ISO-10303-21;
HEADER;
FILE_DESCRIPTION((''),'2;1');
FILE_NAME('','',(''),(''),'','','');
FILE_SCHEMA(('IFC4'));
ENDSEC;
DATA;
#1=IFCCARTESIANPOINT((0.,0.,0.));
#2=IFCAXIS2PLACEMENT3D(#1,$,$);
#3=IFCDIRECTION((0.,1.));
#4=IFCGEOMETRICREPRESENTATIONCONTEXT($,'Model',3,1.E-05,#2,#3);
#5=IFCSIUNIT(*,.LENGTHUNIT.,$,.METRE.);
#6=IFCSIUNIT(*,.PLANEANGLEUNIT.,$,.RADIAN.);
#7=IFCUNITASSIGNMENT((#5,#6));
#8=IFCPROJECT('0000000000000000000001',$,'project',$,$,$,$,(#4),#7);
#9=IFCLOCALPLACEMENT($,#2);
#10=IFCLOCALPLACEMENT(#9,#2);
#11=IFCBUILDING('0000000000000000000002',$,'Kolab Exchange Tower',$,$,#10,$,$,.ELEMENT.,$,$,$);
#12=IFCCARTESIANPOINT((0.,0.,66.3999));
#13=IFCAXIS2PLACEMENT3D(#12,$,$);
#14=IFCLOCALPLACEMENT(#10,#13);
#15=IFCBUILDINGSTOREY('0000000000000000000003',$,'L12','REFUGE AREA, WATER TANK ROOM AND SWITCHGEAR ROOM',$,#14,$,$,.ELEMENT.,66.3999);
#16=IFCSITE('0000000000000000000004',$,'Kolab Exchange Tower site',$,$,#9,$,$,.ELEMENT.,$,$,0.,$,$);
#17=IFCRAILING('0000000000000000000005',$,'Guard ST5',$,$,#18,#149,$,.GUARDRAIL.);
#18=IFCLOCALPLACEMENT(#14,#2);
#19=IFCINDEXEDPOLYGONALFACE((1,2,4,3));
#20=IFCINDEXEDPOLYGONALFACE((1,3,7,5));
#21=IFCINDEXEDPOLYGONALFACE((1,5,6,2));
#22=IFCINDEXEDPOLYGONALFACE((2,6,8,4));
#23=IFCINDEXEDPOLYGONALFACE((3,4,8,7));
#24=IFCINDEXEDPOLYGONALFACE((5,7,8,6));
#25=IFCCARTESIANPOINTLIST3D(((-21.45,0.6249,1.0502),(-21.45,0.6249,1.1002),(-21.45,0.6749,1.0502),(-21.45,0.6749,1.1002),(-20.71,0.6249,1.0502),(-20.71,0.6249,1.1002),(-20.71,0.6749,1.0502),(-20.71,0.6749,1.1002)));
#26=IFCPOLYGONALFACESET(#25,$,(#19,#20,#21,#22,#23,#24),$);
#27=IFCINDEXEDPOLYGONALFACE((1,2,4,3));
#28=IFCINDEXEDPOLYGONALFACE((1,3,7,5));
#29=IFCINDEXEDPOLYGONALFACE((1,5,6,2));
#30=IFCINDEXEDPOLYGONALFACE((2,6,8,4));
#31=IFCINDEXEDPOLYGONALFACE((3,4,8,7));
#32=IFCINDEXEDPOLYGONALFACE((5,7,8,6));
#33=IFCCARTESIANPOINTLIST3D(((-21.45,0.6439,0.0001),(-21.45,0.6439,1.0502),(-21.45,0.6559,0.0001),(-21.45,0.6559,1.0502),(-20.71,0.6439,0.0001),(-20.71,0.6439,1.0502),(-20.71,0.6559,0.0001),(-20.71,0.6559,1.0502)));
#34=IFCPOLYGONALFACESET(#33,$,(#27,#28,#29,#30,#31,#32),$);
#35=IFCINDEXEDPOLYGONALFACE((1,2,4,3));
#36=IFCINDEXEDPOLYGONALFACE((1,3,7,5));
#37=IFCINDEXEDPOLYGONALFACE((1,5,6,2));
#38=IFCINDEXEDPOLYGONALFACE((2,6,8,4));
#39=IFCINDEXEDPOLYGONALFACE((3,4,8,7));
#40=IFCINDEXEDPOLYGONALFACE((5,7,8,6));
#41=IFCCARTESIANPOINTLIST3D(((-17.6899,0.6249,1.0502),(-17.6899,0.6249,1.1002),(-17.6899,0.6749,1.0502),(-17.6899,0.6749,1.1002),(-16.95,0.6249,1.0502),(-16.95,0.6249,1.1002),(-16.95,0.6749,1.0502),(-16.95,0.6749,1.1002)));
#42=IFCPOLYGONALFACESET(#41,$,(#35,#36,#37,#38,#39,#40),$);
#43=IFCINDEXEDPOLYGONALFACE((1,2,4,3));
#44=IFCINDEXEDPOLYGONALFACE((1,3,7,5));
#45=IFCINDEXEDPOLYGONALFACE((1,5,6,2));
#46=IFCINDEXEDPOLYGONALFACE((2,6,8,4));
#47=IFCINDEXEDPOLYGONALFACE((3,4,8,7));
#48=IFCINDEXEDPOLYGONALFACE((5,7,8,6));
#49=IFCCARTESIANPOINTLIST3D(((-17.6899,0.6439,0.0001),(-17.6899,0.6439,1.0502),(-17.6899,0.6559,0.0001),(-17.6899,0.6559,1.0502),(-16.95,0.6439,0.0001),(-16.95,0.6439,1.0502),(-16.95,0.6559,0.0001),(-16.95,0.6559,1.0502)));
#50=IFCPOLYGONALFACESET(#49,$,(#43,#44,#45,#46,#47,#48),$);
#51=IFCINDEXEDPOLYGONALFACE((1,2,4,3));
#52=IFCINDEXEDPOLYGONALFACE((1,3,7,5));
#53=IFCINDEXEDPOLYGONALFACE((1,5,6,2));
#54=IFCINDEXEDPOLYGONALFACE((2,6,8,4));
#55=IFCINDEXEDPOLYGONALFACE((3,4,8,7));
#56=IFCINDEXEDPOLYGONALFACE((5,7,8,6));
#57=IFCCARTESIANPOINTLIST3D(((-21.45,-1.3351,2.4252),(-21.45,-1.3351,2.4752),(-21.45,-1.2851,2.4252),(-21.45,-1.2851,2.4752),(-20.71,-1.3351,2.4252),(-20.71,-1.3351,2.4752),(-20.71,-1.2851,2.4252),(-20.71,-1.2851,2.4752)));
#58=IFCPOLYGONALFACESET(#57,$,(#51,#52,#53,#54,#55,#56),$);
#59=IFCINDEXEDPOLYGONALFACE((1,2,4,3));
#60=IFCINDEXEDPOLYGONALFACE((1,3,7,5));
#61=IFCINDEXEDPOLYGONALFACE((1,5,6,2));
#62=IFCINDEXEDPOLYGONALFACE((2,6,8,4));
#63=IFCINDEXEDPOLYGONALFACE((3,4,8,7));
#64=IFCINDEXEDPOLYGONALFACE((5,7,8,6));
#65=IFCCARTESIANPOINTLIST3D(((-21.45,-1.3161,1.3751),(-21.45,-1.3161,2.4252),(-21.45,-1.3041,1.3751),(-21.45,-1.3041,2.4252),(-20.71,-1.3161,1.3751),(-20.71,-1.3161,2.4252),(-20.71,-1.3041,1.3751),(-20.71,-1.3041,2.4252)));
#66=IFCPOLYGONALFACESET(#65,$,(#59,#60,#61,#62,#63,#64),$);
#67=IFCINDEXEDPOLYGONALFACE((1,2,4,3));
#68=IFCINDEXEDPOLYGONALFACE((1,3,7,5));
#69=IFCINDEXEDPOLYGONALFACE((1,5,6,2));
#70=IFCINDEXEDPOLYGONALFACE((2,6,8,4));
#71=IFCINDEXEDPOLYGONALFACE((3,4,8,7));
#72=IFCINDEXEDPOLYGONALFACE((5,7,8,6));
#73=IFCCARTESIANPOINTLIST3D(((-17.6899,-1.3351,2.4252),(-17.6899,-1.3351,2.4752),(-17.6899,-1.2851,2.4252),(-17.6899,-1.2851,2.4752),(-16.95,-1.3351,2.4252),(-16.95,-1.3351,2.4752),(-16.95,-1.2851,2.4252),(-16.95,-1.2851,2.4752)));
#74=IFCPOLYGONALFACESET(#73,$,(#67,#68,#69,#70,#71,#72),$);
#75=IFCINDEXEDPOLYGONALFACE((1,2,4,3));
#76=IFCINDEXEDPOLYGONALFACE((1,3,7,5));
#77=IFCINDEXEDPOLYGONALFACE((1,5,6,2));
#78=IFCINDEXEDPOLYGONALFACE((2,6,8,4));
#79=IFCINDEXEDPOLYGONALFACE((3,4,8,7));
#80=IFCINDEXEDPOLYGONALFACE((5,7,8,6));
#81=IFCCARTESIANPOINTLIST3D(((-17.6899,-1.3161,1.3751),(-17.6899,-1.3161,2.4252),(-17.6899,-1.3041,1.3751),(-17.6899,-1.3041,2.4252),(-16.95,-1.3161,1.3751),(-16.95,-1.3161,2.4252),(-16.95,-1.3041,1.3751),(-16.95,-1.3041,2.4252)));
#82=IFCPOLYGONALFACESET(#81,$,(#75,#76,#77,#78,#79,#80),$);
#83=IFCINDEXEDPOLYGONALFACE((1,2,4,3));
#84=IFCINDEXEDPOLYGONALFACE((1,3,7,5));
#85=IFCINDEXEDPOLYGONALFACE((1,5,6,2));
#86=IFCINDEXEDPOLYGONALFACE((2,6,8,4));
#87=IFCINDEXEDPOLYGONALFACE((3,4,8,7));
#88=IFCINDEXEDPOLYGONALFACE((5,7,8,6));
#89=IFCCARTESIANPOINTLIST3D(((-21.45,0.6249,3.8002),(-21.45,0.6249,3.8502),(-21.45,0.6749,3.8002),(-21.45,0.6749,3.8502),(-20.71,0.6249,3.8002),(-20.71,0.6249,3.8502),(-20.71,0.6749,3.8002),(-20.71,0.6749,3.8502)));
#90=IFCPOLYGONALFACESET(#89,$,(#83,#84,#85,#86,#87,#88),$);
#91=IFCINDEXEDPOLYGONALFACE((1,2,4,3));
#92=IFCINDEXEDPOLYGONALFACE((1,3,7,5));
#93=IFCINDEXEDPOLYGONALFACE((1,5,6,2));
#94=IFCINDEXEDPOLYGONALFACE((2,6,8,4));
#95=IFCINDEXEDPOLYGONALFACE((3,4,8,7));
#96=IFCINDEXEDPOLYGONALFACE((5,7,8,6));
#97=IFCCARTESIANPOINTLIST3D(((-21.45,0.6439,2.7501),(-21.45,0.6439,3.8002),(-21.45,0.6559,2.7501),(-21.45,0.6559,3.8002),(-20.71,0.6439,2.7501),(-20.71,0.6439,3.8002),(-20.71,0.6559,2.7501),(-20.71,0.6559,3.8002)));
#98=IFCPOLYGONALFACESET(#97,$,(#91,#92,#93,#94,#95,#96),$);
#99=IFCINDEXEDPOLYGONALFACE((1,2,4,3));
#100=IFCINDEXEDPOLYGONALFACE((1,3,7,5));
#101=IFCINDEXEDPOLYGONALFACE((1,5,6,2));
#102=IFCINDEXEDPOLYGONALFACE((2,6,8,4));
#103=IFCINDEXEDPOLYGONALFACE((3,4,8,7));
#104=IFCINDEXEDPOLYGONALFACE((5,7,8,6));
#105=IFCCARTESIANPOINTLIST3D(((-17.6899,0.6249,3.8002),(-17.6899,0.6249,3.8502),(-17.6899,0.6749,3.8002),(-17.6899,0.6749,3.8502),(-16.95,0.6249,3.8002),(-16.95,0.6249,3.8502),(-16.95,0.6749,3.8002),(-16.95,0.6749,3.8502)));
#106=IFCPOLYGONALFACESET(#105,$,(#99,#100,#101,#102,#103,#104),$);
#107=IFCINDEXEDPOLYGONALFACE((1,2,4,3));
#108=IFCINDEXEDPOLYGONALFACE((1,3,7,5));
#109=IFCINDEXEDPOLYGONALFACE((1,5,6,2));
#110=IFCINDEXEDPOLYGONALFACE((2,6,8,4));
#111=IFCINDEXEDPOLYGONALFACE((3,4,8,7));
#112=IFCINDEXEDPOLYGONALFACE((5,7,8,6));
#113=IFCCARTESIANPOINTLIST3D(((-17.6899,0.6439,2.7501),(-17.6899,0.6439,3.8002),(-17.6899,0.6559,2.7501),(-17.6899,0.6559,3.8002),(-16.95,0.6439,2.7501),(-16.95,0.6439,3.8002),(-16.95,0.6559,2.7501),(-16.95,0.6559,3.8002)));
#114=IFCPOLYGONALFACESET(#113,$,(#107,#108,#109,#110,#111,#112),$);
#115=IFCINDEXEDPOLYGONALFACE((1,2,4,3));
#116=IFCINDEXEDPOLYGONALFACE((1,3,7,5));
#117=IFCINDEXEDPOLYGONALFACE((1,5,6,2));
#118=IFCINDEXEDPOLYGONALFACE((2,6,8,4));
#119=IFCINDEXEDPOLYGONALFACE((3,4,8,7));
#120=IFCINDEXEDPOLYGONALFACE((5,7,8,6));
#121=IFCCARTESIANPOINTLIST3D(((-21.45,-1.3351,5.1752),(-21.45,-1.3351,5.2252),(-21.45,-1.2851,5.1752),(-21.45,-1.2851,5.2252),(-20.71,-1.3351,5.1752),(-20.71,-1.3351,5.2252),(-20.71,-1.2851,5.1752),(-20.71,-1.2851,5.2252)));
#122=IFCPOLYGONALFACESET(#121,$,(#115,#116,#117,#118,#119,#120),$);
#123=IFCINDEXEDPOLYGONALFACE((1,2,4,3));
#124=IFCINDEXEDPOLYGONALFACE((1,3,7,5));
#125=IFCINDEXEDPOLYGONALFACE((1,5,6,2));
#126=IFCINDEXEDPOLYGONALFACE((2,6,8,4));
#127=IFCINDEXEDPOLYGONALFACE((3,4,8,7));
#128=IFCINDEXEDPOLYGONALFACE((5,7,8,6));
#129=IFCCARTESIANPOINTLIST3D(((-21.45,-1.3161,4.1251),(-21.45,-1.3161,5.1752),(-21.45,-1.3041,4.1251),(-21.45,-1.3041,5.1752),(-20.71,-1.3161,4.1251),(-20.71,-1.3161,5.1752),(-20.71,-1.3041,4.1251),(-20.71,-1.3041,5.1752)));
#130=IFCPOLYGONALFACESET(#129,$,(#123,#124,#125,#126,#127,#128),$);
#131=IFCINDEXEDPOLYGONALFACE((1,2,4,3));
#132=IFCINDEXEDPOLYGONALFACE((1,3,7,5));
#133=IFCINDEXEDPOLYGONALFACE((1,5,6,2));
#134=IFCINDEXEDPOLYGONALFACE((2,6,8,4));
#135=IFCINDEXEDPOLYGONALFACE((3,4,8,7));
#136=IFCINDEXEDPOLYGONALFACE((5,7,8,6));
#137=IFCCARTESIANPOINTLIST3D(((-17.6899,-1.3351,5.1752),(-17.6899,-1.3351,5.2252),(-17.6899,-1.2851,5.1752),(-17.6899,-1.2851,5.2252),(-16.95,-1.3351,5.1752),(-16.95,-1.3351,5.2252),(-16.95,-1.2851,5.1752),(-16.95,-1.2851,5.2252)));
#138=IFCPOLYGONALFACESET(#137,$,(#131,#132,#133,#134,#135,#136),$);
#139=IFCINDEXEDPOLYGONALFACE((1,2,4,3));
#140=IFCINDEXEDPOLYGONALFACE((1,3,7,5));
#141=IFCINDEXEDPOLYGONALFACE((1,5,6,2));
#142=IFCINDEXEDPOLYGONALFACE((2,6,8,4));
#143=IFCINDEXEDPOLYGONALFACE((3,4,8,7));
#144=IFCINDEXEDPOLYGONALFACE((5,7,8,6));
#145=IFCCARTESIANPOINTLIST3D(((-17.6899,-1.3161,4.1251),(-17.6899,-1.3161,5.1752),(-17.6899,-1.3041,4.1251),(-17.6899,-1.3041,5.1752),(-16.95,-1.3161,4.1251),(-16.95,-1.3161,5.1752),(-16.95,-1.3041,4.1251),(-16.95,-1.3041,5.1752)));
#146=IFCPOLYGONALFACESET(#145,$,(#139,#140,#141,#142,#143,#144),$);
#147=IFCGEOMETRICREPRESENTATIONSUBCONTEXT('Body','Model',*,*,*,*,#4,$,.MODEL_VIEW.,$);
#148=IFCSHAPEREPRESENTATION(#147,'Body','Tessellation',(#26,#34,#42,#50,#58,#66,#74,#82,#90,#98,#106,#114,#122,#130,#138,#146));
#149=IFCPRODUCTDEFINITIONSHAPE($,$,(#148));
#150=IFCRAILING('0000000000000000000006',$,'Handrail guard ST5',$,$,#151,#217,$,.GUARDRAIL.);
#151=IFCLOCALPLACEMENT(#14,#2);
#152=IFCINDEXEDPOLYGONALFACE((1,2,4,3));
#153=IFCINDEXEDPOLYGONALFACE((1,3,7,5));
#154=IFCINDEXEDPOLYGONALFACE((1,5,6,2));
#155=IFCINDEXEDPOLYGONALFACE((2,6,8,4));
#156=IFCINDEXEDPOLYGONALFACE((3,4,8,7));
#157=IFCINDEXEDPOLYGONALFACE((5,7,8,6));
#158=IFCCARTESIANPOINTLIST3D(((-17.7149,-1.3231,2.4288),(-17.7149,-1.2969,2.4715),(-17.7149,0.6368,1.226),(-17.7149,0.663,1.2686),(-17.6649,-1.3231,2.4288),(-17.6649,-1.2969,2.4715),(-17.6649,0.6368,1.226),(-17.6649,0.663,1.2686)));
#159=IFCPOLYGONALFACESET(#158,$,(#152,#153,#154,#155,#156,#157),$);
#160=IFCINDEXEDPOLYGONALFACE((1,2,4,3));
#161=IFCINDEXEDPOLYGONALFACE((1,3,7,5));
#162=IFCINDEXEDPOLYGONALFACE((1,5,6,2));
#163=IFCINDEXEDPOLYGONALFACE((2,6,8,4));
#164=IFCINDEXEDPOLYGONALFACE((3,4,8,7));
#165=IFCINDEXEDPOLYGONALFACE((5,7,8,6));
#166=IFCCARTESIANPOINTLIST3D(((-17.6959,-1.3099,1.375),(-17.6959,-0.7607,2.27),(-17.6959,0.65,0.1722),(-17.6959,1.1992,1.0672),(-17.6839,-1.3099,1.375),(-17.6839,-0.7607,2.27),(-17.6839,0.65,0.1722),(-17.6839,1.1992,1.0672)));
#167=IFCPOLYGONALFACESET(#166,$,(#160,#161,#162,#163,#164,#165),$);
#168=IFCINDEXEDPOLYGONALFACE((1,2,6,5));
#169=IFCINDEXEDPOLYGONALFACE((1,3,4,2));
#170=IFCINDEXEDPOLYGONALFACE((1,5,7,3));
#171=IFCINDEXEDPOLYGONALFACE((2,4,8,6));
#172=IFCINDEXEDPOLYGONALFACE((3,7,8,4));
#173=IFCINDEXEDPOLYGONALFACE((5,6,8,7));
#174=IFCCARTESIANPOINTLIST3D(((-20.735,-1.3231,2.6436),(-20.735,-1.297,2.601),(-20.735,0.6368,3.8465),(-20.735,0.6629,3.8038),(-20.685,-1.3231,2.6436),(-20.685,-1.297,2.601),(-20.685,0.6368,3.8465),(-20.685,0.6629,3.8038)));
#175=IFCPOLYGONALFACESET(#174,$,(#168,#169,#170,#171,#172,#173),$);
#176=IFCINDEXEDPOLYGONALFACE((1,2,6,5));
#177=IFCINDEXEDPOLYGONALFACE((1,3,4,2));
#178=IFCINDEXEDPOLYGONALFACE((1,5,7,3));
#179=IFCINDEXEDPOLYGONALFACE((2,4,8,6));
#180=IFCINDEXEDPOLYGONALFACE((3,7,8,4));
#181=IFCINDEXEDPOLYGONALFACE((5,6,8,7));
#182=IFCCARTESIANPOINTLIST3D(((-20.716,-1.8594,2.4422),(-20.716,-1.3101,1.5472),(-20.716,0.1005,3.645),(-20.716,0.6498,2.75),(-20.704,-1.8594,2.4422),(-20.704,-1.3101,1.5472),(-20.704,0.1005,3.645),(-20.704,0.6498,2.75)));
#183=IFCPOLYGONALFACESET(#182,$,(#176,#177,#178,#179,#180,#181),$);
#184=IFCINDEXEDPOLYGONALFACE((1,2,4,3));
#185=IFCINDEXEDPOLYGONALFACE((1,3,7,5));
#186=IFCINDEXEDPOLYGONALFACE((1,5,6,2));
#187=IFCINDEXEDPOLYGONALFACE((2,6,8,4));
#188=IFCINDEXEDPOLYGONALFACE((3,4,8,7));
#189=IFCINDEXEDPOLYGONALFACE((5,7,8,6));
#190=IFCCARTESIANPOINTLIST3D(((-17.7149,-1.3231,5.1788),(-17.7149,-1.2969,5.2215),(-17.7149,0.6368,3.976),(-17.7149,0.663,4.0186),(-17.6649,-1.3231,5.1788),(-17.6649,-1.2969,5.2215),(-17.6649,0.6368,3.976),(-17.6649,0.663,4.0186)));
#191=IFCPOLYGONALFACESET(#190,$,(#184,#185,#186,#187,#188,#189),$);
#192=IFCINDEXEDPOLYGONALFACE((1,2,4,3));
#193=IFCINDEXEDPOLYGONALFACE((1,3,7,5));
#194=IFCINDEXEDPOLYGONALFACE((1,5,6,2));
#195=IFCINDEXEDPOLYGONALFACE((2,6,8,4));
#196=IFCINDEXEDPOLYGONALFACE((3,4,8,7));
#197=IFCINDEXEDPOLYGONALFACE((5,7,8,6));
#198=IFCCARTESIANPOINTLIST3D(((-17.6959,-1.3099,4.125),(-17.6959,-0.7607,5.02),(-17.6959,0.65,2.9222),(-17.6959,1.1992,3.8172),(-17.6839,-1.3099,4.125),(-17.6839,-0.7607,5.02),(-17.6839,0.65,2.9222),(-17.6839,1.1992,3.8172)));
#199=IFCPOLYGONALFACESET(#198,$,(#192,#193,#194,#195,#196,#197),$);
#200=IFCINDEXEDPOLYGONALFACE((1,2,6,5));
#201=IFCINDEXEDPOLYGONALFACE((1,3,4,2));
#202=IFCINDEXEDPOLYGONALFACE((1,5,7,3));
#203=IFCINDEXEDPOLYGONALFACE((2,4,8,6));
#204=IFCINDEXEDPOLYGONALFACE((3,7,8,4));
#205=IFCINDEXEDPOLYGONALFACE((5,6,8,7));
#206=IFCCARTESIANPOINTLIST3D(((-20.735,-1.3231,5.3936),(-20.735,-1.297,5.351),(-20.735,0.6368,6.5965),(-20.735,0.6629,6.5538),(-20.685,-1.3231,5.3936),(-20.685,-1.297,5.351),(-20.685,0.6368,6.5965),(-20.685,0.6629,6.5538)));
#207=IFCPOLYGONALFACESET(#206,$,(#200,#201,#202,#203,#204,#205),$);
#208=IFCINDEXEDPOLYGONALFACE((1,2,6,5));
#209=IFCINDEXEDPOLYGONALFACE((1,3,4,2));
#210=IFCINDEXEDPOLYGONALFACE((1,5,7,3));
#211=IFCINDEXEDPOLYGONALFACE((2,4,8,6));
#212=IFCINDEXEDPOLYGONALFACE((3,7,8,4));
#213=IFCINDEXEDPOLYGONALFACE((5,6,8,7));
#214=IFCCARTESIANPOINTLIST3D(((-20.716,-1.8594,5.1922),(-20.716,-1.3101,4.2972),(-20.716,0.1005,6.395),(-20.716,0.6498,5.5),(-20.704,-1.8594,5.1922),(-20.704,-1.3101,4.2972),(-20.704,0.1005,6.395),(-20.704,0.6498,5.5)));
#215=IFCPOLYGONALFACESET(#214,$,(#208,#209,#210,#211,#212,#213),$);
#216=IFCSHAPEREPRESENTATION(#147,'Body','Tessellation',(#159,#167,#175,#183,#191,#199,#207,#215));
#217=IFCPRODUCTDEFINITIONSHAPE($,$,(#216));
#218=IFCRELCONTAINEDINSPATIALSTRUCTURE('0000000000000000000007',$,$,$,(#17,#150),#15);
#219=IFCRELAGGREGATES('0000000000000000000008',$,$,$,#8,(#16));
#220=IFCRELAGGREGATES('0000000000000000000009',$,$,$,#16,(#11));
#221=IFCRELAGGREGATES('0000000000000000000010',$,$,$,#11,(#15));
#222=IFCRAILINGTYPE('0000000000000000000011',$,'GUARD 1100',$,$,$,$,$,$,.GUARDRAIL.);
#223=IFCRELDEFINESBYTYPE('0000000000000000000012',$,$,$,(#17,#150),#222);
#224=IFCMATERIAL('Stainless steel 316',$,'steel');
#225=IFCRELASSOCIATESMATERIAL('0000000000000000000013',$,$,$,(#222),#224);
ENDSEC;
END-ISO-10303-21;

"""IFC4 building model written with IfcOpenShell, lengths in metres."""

from ifc_helpers import new_model, si_unit, direction, frame, frame_2d, origin, origin_2d, place, context, subcontext, project, spatial, rectangle, extrude, material, type_object, element, save


model = new_model("IFC4")

# Units and contexts
model_context = context("Model", 3, precision=1e-05, world=origin(), true_north=direction((0.0, 1.0)))
body_context = subcontext(model_context, "Body", "Model", "MODEL_VIEW")
ifc_project = project(units=[si_unit("LENGTHUNIT", "METRE"), si_unit("PLANEANGLEUNIT", "RADIAN")], contexts=[model_context])

# Site, building, storey
site_placement = place(None, origin())
site = spatial("IfcSite", under=ifc_project, at=site_placement, Name="Kolab Exchange Tower site", CompositionType="ELEMENT", RefElevation=0.0)
building_placement = place(site_placement, origin())
building = spatial("IfcBuilding", under=site, at=building_placement, Name="Kolab Exchange Tower", CompositionType="ELEMENT")
storey_placement = place(building_placement, frame((0.0, 0.0, 66.3999)))
storey = spatial("IfcBuildingStorey", under=building, at=storey_placement, Name="L12", Description="REFUGE AREA, WATER TANK ROOM AND SWITCHGEAR ROOM", CompositionType="ELEMENT", Elevation=66.3999)

# Railings
ifc_material_1 = material(Name="Stainless steel 316", Category="steel")
railing_type = type_object("IfcRailingType", Name="GUARD 1100", PredefinedType="GUARDRAIL", material=ifc_material_1)
railing_1_placement = place(storey_placement, frame((-21.45, 0.6499, 0.0)))
element("IfcRailing", 1, at=railing_1_placement, inside=storey, type_object=railing_type, Name="Guard ST5", PredefinedType="GUARDRAIL", context=body_context, shape_type="SweptSolid", body=[
    extrude(rectangle(XDim=0.05, YDim=0.05, at=origin_2d()), frame((0.0, 0.0, 1.0752), z_axis=(1.0, 0.0, 0.0), x_axis=(0.0, 1.0, 0.0)), (0.0, 0.0, 1.0), 0.74),
    extrude(rectangle(XDim=0.012, YDim=1.0501, at=frame_2d((0.0, 0.5251))), frame((0.0, 0.0, 0.0), z_axis=(1.0, 0.0, 0.0), x_axis=(0.0, 1.0, 0.0)), (0.0, 0.0, 1.0), 0.74),
    extrude(rectangle(XDim=0.05, YDim=0.05, at=origin_2d()), frame((3.76, 0.0, 1.0752), z_axis=(1.0, 0.0, 0.0), x_axis=(0.0, 1.0, 0.0)), (0.0, 0.0, 1.0), 0.74),
    extrude(rectangle(XDim=0.012, YDim=1.0501, at=frame_2d((0.0, 0.5251))), frame((3.76, 0.0, 0.0), z_axis=(1.0, 0.0, 0.0), x_axis=(0.0, 1.0, 0.0)), (0.0, 0.0, 1.0), 0.74),
    extrude(rectangle(XDim=0.05, YDim=0.05, at=origin_2d()), frame((0.0, -1.96, 2.4502), z_axis=(1.0, 0.0, 0.0), x_axis=(0.0, 1.0, 0.0)), (0.0, 0.0, 1.0), 0.74),
    extrude(rectangle(XDim=0.012, YDim=1.0501, at=frame_2d((0.0, 0.5251))), frame((0.0, -1.96, 1.375), z_axis=(1.0, 0.0, 0.0), x_axis=(0.0, 1.0, 0.0)), (0.0, 0.0, 1.0), 0.74),
    extrude(rectangle(XDim=0.05, YDim=0.05, at=origin_2d()), frame((3.76, -1.96, 2.4502), z_axis=(1.0, 0.0, 0.0), x_axis=(0.0, 1.0, 0.0)), (0.0, 0.0, 1.0), 0.74),
    extrude(rectangle(XDim=0.012, YDim=1.0501, at=frame_2d((0.0, 0.5251))), frame((3.76, -1.96, 1.375), z_axis=(1.0, 0.0, 0.0), x_axis=(0.0, 1.0, 0.0)), (0.0, 0.0, 1.0), 0.74),
    extrude(rectangle(XDim=0.05, YDim=0.05, at=origin_2d()), frame((0.0, 0.0, 3.8252), z_axis=(1.0, 0.0, 0.0), x_axis=(0.0, 1.0, 0.0)), (0.0, 0.0, 1.0), 0.74),
    extrude(rectangle(XDim=0.012, YDim=1.0501, at=frame_2d((0.0, 0.5251))), frame((0.0, 0.0, 2.75), z_axis=(1.0, 0.0, 0.0), x_axis=(0.0, 1.0, 0.0)), (0.0, 0.0, 1.0), 0.74),
    extrude(rectangle(XDim=0.05, YDim=0.05, at=origin_2d()), frame((3.76, 0.0, 3.8252), z_axis=(1.0, 0.0, 0.0), x_axis=(0.0, 1.0, 0.0)), (0.0, 0.0, 1.0), 0.74),
    extrude(rectangle(XDim=0.012, YDim=1.0501, at=frame_2d((0.0, 0.5251))), frame((3.76, 0.0, 2.75), z_axis=(1.0, 0.0, 0.0), x_axis=(0.0, 1.0, 0.0)), (0.0, 0.0, 1.0), 0.74),
    extrude(rectangle(XDim=0.05, YDim=0.05, at=origin_2d()), frame((0.0, -1.96, 5.2002), z_axis=(1.0, 0.0, 0.0), x_axis=(0.0, 1.0, 0.0)), (0.0, 0.0, 1.0), 0.74),
    extrude(rectangle(XDim=0.012, YDim=1.0501, at=frame_2d((0.0, 0.5251))), frame((0.0, -1.96, 4.125), z_axis=(1.0, 0.0, 0.0), x_axis=(0.0, 1.0, 0.0)), (0.0, 0.0, 1.0), 0.74),
    extrude(rectangle(XDim=0.05, YDim=0.05, at=origin_2d()), frame((3.76, -1.96, 5.2002), z_axis=(1.0, 0.0, 0.0), x_axis=(0.0, 1.0, 0.0)), (0.0, 0.0, 1.0), 0.74),
    extrude(rectangle(XDim=0.012, YDim=1.0501, at=frame_2d((0.0, 0.5251))), frame((3.76, -1.96, 4.125), z_axis=(1.0, 0.0, 0.0), x_axis=(0.0, 1.0, 0.0)), (0.0, 0.0, 1.0), 0.74),
])
railing_2_placement = place(storey_placement, frame((-17.6899, 0.6499, 0.1721)))
element("IfcRailing", 2, at=railing_2_placement, inside=storey, type_object=railing_type, Name="Handrail guard ST5", PredefinedType="GUARDRAIL", context=body_context, shape_type="SweptSolid", body=[
    extrude(rectangle(XDim=0.05, YDim=0.05, at=origin_2d()), frame((0.0, 0.0, 1.0752), z_axis=(0.0, -0.852288, 0.523072), x_axis=(1.0, 0.0, 0.0)), (0.0, 0.0, 1.0), 2.2996),
    extrude(rectangle(XDim=0.012, YDim=1.0501, at=frame_2d((0.0, 0.5251))), frame((0.0, 0.0, 0.0), z_axis=(0.0, -0.852288, 0.523072), x_axis=(1.0, 0.0, 0.0)), (0.0, 0.0, 1.0), 2.2996),
    extrude(rectangle(XDim=0.05, YDim=0.05, at=origin_2d()), frame((-3.02, -1.96, 2.4502), z_axis=(0.0, 0.852288, 0.523072), x_axis=(-1.0, 0.0, 0.0)), (0.0, 0.0, 1.0), 2.2996),
    extrude(rectangle(XDim=0.012, YDim=1.0501, at=frame_2d((0.0, 0.5251))), frame((-3.02, -1.96, 1.375), z_axis=(0.0, 0.852288, 0.523072), x_axis=(-1.0, 0.0, 0.0)), (0.0, 0.0, 1.0), 2.2996),
    extrude(rectangle(XDim=0.05, YDim=0.05, at=origin_2d()), frame((0.0, 0.0, 3.8252), z_axis=(0.0, -0.852288, 0.523072), x_axis=(1.0, 0.0, 0.0)), (0.0, 0.0, 1.0), 2.2996),
    extrude(rectangle(XDim=0.012, YDim=1.0501, at=frame_2d((0.0, 0.5251))), frame((0.0, 0.0, 2.75), z_axis=(0.0, -0.852288, 0.523072), x_axis=(1.0, 0.0, 0.0)), (0.0, 0.0, 1.0), 2.2996),
    extrude(rectangle(XDim=0.05, YDim=0.05, at=origin_2d()), frame((-3.02, -1.96, 5.2002), z_axis=(0.0, 0.852288, 0.523072), x_axis=(-1.0, 0.0, 0.0)), (0.0, 0.0, 1.0), 2.2996),
    extrude(rectangle(XDim=0.012, YDim=1.0501, at=frame_2d((0.0, 0.5251))), frame((-3.02, -1.96, 4.125), z_axis=(0.0, 0.852288, 0.523072), x_axis=(-1.0, 0.0, 0.0)), (0.0, 0.0, 1.0), 2.2996),
])

save(model, "model.ifc")
